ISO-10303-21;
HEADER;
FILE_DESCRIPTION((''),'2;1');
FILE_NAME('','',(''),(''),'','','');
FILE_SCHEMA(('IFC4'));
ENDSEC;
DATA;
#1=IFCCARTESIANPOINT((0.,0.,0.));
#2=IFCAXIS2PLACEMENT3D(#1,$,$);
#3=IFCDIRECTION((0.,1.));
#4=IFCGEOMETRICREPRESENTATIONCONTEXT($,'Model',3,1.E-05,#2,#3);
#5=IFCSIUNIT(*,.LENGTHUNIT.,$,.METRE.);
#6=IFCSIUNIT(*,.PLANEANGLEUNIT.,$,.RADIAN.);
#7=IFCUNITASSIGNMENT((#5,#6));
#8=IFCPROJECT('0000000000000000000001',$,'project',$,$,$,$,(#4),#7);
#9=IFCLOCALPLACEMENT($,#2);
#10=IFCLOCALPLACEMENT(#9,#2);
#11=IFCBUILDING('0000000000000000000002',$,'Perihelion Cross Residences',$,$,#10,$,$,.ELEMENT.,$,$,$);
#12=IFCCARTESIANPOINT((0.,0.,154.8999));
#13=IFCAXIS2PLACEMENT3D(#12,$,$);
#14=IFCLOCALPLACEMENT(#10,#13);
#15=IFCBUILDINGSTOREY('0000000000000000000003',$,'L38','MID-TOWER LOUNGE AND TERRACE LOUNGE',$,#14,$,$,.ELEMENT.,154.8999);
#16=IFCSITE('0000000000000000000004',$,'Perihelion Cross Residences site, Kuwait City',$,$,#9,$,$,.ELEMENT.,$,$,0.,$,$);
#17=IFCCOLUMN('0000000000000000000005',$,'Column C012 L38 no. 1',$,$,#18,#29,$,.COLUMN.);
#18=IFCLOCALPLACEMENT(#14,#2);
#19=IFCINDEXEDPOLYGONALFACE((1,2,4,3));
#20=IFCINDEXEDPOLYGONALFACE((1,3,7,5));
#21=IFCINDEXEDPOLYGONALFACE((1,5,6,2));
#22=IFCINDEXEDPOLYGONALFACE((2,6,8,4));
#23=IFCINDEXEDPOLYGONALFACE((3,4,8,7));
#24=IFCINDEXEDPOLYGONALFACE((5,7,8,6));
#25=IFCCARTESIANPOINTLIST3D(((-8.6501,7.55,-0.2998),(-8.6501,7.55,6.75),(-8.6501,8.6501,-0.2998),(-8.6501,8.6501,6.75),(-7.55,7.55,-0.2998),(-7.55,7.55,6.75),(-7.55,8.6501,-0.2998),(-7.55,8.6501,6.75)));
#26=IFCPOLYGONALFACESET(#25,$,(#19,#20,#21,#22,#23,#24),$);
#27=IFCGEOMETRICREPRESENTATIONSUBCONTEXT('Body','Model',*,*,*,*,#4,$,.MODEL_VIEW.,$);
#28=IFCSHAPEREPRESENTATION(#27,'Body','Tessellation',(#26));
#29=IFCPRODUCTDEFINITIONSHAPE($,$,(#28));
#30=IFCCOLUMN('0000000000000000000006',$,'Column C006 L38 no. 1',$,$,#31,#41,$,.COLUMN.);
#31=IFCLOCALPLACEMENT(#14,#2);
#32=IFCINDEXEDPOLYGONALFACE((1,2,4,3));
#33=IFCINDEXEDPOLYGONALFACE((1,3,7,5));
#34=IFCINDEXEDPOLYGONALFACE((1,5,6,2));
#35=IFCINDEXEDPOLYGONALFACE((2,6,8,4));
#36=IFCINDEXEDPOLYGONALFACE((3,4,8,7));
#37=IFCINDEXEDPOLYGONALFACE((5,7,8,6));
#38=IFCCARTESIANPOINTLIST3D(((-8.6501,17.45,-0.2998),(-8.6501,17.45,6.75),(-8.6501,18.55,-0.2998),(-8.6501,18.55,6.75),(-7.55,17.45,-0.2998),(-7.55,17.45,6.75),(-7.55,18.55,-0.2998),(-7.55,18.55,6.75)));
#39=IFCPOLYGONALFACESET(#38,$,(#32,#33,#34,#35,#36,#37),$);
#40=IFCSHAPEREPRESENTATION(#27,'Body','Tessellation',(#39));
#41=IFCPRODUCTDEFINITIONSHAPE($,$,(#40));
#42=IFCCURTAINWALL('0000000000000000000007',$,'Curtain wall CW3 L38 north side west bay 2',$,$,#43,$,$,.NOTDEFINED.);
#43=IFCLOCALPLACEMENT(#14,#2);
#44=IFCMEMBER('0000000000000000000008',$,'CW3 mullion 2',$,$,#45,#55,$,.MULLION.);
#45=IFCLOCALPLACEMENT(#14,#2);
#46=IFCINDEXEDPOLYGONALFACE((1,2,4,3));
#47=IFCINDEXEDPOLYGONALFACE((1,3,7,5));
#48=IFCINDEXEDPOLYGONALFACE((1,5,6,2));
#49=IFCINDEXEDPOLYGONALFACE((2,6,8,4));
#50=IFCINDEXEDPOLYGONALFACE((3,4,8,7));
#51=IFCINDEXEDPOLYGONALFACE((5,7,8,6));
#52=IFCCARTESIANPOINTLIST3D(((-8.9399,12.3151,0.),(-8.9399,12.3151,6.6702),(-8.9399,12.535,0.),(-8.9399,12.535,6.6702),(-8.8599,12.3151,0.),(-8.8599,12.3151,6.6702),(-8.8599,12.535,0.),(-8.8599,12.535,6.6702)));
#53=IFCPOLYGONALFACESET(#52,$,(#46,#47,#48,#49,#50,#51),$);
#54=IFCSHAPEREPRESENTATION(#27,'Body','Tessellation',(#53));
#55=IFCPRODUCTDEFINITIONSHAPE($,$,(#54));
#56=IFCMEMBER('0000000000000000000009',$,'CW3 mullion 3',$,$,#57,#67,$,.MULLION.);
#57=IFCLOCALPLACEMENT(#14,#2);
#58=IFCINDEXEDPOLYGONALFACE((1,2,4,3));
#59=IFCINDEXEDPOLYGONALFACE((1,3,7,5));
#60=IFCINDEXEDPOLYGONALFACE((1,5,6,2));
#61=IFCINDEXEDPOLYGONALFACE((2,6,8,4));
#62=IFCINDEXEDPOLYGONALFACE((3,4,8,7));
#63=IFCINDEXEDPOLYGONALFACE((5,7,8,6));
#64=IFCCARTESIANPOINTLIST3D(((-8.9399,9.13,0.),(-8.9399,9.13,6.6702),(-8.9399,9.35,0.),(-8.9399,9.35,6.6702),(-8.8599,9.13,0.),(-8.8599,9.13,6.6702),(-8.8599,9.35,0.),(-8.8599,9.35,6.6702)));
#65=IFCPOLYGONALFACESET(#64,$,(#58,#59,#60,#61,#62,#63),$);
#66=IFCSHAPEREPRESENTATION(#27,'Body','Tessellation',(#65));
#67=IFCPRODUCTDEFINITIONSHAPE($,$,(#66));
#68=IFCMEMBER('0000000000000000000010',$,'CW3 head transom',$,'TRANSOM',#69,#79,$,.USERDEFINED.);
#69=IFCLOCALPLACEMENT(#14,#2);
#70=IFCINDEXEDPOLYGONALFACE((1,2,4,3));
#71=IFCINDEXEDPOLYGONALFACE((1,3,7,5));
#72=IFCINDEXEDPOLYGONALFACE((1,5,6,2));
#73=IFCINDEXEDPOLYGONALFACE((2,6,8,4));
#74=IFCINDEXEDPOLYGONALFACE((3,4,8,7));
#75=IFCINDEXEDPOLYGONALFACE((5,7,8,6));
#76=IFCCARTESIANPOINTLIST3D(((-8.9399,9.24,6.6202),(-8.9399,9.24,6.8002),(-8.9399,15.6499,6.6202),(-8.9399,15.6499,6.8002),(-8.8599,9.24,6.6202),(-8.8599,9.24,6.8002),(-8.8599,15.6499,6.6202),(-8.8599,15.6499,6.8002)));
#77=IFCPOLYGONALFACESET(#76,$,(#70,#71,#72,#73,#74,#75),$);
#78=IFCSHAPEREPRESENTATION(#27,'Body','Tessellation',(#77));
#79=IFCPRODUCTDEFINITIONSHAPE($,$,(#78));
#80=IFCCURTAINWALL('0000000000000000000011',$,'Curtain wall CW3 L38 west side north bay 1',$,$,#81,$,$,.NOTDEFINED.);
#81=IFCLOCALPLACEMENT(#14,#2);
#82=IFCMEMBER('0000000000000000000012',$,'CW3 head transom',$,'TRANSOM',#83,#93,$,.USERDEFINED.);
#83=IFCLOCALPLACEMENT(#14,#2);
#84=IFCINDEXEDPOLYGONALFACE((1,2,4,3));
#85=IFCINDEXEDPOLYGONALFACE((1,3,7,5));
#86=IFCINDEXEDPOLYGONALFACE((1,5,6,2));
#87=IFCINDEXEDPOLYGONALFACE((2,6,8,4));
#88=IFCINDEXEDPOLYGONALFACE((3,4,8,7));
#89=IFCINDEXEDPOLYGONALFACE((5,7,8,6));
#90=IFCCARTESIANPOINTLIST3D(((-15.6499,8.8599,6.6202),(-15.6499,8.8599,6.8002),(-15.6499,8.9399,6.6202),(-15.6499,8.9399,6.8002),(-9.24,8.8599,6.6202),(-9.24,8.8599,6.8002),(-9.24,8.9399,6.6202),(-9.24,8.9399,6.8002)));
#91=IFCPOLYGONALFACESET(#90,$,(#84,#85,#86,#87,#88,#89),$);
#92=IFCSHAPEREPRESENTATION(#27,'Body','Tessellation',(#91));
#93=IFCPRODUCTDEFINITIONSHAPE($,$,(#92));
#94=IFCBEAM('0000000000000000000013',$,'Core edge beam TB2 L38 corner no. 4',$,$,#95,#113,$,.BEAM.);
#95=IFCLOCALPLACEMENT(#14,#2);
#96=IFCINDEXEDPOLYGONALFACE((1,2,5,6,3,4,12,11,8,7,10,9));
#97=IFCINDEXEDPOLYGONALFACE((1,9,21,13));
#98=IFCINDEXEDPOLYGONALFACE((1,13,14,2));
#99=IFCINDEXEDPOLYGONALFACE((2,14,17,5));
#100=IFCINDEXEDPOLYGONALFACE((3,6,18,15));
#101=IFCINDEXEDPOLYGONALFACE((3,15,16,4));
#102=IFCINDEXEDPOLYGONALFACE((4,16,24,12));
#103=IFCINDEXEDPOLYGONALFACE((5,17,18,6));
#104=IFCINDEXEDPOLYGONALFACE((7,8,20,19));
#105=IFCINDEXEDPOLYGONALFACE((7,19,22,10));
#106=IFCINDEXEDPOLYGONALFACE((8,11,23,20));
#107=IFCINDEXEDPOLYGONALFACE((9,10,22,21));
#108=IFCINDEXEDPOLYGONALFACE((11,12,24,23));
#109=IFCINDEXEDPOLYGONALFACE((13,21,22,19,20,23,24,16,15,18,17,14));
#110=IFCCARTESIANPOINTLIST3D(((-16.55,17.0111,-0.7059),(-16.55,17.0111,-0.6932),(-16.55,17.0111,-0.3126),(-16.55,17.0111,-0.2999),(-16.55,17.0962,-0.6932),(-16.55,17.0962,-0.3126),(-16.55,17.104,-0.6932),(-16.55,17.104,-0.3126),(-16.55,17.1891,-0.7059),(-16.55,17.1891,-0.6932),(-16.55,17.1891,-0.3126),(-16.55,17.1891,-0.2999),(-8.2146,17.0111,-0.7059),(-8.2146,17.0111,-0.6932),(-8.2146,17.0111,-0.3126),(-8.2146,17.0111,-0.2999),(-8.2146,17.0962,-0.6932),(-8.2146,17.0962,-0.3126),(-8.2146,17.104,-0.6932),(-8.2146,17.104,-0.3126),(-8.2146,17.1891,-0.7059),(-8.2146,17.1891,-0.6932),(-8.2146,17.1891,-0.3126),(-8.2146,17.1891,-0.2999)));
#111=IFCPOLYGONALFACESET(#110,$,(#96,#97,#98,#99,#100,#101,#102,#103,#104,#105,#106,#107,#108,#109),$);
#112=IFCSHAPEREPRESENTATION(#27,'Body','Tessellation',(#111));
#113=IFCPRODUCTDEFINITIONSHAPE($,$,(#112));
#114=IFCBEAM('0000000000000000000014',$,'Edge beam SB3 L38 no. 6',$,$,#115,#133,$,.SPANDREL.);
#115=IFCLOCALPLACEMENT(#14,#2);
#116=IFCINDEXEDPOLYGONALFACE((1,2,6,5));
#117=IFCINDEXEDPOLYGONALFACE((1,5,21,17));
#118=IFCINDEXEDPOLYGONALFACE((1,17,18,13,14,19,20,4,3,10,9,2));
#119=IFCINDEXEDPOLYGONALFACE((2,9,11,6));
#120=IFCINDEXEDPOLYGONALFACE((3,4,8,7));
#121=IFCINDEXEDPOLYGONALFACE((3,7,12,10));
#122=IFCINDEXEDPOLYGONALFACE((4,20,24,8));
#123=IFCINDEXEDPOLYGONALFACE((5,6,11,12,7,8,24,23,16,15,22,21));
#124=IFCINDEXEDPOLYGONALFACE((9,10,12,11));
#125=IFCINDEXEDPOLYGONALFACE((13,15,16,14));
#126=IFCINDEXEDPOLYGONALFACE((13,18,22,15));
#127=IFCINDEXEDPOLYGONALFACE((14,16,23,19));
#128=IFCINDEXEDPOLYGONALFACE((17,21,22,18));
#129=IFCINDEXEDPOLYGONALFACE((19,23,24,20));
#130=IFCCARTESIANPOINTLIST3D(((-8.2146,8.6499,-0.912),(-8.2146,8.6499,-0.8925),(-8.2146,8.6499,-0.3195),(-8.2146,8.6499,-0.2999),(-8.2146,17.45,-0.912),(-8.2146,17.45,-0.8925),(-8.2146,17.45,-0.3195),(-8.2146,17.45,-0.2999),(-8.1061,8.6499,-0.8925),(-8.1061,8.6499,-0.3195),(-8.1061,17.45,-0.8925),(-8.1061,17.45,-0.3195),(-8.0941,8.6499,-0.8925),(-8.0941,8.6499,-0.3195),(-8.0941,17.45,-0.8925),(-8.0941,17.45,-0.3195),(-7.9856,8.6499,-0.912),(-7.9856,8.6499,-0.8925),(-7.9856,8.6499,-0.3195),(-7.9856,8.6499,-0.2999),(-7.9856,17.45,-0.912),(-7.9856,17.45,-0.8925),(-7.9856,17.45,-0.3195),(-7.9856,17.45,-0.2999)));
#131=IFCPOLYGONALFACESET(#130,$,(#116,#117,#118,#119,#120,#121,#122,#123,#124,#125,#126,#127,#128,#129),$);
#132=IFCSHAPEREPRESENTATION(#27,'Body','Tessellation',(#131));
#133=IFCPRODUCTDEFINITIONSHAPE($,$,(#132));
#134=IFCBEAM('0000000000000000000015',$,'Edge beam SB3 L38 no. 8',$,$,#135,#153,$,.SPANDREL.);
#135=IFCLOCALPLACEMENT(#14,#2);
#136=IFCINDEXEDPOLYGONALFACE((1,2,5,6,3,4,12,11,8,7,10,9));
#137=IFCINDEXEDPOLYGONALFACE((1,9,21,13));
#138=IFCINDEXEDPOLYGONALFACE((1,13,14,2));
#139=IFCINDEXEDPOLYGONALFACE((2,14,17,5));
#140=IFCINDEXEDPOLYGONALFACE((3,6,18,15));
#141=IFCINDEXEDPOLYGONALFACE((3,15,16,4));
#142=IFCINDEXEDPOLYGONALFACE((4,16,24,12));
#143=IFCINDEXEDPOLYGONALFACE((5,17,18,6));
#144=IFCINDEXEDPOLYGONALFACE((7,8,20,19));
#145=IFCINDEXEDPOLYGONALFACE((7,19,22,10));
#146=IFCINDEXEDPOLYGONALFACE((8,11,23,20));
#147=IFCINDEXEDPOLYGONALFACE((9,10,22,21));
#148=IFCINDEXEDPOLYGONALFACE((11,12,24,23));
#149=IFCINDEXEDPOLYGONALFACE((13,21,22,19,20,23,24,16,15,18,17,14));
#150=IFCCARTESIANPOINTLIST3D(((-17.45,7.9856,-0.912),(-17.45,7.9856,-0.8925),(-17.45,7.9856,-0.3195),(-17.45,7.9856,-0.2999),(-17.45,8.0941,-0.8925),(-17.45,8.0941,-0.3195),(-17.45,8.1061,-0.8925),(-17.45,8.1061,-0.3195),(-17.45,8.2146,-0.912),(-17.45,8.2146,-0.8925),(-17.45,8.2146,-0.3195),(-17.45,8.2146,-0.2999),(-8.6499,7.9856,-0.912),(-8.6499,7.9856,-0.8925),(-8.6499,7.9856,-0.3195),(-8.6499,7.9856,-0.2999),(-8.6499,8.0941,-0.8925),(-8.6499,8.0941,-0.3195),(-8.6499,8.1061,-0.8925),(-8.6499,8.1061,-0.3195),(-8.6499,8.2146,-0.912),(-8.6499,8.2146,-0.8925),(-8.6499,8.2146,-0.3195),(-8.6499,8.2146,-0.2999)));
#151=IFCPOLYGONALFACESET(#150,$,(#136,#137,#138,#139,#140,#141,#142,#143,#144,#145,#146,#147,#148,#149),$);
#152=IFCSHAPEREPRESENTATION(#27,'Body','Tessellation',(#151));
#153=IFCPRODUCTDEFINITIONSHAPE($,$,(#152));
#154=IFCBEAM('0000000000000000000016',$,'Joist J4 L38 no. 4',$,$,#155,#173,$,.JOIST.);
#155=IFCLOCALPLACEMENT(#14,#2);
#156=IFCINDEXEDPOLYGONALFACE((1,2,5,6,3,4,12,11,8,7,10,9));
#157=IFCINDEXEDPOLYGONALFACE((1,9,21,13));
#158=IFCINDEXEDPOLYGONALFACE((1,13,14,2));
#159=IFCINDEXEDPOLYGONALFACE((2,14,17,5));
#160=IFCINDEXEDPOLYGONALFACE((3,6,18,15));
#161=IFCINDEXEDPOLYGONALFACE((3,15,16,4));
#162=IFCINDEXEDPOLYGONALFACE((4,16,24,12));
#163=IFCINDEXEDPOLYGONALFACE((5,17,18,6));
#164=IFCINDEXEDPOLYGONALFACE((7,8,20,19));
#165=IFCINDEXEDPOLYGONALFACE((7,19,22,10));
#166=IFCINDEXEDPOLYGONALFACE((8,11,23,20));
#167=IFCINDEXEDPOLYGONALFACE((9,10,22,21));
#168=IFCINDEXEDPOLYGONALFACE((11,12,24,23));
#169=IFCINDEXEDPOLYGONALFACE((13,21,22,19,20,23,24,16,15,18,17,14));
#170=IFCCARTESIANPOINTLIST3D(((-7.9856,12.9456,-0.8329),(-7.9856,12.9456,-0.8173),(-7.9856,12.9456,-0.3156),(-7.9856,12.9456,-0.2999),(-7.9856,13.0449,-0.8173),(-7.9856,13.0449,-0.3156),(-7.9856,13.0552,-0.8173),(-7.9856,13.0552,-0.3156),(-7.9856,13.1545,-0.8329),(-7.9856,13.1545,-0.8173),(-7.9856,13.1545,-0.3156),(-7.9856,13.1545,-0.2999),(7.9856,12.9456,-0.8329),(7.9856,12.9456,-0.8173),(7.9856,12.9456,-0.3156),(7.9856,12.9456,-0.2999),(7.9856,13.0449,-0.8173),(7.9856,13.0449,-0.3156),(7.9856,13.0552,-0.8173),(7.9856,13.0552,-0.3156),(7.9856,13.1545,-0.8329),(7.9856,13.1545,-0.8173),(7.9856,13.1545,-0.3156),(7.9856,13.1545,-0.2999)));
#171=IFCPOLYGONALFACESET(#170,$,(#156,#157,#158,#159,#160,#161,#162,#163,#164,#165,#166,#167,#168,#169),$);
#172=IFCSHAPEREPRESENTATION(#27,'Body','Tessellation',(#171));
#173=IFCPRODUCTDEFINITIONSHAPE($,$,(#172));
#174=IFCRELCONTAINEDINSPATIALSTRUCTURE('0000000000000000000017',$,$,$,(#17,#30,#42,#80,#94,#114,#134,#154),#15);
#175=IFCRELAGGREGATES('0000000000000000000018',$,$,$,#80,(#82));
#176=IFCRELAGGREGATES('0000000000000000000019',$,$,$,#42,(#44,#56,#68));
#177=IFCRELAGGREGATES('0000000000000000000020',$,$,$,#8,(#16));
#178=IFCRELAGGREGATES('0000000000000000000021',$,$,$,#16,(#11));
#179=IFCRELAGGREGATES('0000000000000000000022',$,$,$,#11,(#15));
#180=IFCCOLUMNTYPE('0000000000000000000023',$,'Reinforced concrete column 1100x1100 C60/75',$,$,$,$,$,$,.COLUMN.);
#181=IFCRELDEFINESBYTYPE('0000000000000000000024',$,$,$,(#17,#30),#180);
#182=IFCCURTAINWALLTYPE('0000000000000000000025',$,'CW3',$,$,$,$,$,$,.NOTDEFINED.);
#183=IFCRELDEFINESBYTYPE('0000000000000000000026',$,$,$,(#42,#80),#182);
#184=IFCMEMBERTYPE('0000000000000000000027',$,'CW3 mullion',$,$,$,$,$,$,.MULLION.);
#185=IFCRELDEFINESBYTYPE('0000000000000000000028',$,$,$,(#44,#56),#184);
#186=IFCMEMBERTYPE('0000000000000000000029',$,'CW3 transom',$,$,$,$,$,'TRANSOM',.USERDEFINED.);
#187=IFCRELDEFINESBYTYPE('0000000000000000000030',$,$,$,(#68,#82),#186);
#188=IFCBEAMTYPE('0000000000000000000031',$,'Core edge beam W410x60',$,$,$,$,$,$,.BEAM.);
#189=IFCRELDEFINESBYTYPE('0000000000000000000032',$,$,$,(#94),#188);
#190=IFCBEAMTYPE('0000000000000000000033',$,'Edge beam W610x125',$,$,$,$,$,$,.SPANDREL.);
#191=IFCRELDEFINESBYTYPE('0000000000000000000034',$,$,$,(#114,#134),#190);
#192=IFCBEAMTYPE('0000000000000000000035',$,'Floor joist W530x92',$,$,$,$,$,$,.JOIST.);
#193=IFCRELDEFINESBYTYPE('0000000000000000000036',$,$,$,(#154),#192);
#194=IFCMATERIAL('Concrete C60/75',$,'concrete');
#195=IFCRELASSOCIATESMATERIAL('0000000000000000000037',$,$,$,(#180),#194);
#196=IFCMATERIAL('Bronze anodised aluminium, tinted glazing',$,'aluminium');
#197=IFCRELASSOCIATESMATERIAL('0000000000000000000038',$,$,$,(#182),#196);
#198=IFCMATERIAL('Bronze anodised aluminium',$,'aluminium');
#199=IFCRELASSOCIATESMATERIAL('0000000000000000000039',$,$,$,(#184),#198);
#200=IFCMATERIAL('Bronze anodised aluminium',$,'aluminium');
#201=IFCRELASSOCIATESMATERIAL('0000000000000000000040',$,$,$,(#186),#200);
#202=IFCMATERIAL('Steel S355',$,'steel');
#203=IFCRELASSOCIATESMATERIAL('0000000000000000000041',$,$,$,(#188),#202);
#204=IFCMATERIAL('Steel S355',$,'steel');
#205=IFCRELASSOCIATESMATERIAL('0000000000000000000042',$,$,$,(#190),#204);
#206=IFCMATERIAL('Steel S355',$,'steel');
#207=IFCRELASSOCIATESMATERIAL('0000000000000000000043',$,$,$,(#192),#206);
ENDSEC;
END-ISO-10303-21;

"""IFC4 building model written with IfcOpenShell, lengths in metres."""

from ifc_helpers import new_model, si_unit, direction, frame, origin, origin_2d, place, context, subcontext, project, spatial, rectangle, i_section, extrude, material, material_profile, profile_set, type_object, element, aggregate, save


model = new_model("IFC4")

# Units and contexts
model_context = context("Model", 3, precision=1e-05, world=origin(), true_north=direction((0.0, 1.0)))
body_context = subcontext(model_context, "Body", "Model", "MODEL_VIEW")
ifc_project = project(units=[si_unit("LENGTHUNIT", "METRE"), si_unit("PLANEANGLEUNIT", "RADIAN")], contexts=[model_context])

# Site, building, storey
site_placement = place(None, origin())
site = spatial("IfcSite", under=ifc_project, at=site_placement, Name="Perihelion Cross Residences site, Kuwait City", CompositionType="ELEMENT", RefElevation=0.0)
building_placement = place(site_placement, origin())
building = spatial("IfcBuilding", under=site, at=building_placement, Name="Perihelion Cross Residences", CompositionType="ELEMENT")
storey_placement = place(building_placement, frame((0.0, 0.0, 154.8999)))
storey = spatial("IfcBuildingStorey", under=building, at=storey_placement, Name="L38", Description="MID-TOWER LOUNGE AND TERRACE LOUNGE", CompositionType="ELEMENT", Elevation=154.8999)

# Columns
ifc_material_1 = material(Name="Concrete C60/75", Category="concrete")
ifc_material_profile_1 = material_profile(ifc_material_1, rectangle(XDim=1.1001, YDim=1.1001, at=origin_2d()), Name="RC 1100x1100")
ifc_profile_set_1 = profile_set([ifc_material_profile_1], Name="Concrete C60/75")
column_type = type_object("IfcColumnType", Name="Reinforced concrete column 1100x1100 C60/75", PredefinedType="COLUMN", material=ifc_profile_set_1)
for number, where, z_axis, x_axis, name in (
    (1, (-8.1001, 8.1001, -0.2998), (0.0, 0.0, 1.0), (1.0, 0.0, 0.0), "Column C012 L38 no. 1"),
    (2, (-8.1001, 18.0, -0.2998), (0.0, 0.0, 1.0), (1.0, 0.0, 0.0), "Column C006 L38 no. 1"),
):
    element("IfcColumn", number, at=place(storey_placement, frame(where, z_axis=z_axis, x_axis=x_axis)), inside=storey, type_object=column_type, Name=name, PredefinedType="COLUMN", context=body_context, shape_type="SweptSolid", body=[
        extrude(rectangle(XDim=1.1001, YDim=1.1001, at=origin_2d()), origin(), (0.0, 0.0, 1.0), 7.0498),
    ])

# Curtain wall, members
ifc_material_2 = material(Name="Bronze anodised aluminium, tinted glazing", Category="aluminium")
curtain_wall_type = type_object("IfcCurtainWallType", Name="CW3", PredefinedType="NOTDEFINED", material=ifc_material_2)
curtain_wall_1_placement = place(storey_placement, origin())
curtain_wall_1 = element("IfcCurtainWall", 3, at=curtain_wall_1_placement, inside=storey, type_object=curtain_wall_type, Name="Curtain wall CW3 L38 north side west bay 2", PredefinedType="NOTDEFINED")
ifc_material_3 = material(Name="Bronze anodised aluminium", Category="aluminium")
ifc_material_profile_2 = material_profile(ifc_material_3, rectangle(XDim=0.0801, YDim=0.22, at=origin_2d()), Name="CW3 mullion")
ifc_profile_set_2 = profile_set([ifc_material_profile_2], Name="Bronze anodised aluminium")
member_type_1 = type_object("IfcMemberType", Name="CW3 mullion", PredefinedType="MULLION", material=ifc_profile_set_2)
member_1_placement = place(storey_placement, frame((-8.8999, 12.425, 0.0), z_axis=(0.0, 0.0, 1.0), x_axis=(1.0, 0.0, 0.0)))
member_1 = element("IfcMember", 4, at=member_1_placement, type_object=member_type_1, Name="CW3 mullion 2", PredefinedType="MULLION", context=body_context, shape_type="SweptSolid", body=[
    extrude(rectangle(XDim=0.0801, YDim=0.22, at=origin_2d()), origin(), (0.0, 0.0, 1.0), 6.6702),
])
member_2_placement = place(storey_placement, frame((-8.8999, 9.24, 0.0), z_axis=(0.0, 0.0, 1.0), x_axis=(1.0, 0.0, 0.0)))
member_2 = element("IfcMember", 5, at=member_2_placement, type_object=member_type_1, Name="CW3 mullion 3", PredefinedType="MULLION", context=body_context, shape_type="SweptSolid", body=[
    extrude(rectangle(XDim=0.0801, YDim=0.22, at=origin_2d()), origin(), (0.0, 0.0, 1.0), 6.6702),
])
ifc_material_4 = material(Name="Bronze anodised aluminium", Category="aluminium")
ifc_material_profile_3 = material_profile(ifc_material_4, rectangle(XDim=0.0801, YDim=0.1799, at=origin_2d()), Name="CW3 transom")
ifc_profile_set_3 = profile_set([ifc_material_profile_3], Name="Bronze anodised aluminium")
member_type_2 = type_object("IfcMemberType", Name="CW3 transom", ElementType="TRANSOM", PredefinedType="USERDEFINED", material=ifc_profile_set_3)
member_3_placement = place(storey_placement, frame((-8.8999, 15.6499, 6.7102), z_axis=(0.0, -1.0, 0.0), x_axis=(1.0, 0.0, 0.0)))
member_3 = element("IfcMember", 6, at=member_3_placement, type_object=member_type_2, Name="CW3 head transom", ObjectType="TRANSOM", PredefinedType="USERDEFINED", context=body_context, shape_type="SweptSolid", body=[
    extrude(rectangle(XDim=0.0801, YDim=0.1799, at=origin_2d()), origin(), (0.0, 0.0, 1.0), 6.4099),
])

# Curtain wall, member
curtain_wall_2_placement = place(storey_placement, origin())
curtain_wall_2 = element("IfcCurtainWall", 7, at=curtain_wall_2_placement, inside=storey, type_object=curtain_wall_type, Name="Curtain wall CW3 L38 west side north bay 1", PredefinedType="NOTDEFINED")
member_4_placement = place(storey_placement, frame((-9.24, 8.8999, 6.7102), z_axis=(-1.0, 0.0, 0.0), x_axis=(0.0, -1.0, 0.0)))
member_4 = element("IfcMember", 8, at=member_4_placement, type_object=member_type_2, Name="CW3 head transom", ObjectType="TRANSOM", PredefinedType="USERDEFINED", context=body_context, shape_type="SweptSolid", body=[
    extrude(rectangle(XDim=0.0801, YDim=0.1799, at=origin_2d()), origin(), (0.0, 0.0, 1.0), 6.4099),
])
aggregate(curtain_wall_2, [member_4])

# Beams
ifc_material_5 = material(Name="Steel S355", Category="steel")
ifc_material_profile_4 = material_profile(ifc_material_5, i_section(OverallWidth=0.178, OverallDepth=0.406, WebThickness=0.0078, FlangeThickness=0.0127, at=origin_2d()), Name="W410x60")
ifc_profile_set_4 = profile_set([ifc_material_profile_4], Name="Steel S355")
beam_type_1 = type_object("IfcBeamType", Name="Core edge beam W410x60", PredefinedType="BEAM", material=ifc_profile_set_4)
beam_1_placement = place(storey_placement, frame((-8.2146, 17.1001, -0.5029), z_axis=(-1.0, 0.0, 0.0), x_axis=(0.0, -1.0, 0.0)))
element("IfcBeam", 9, at=beam_1_placement, inside=storey, type_object=beam_type_1, Name="Core edge beam TB2 L38 corner no. 4", PredefinedType="BEAM", context=body_context, shape_type="SweptSolid", body=[
    extrude(i_section(OverallWidth=0.178, OverallDepth=0.406, WebThickness=0.0078, FlangeThickness=0.0127, at=origin_2d()), origin(), (0.0, 0.0, 1.0), 8.3354),
])
ifc_material_6 = material(Name="Steel S355", Category="steel")
ifc_material_profile_5 = material_profile(ifc_material_6, i_section(OverallWidth=0.229, OverallDepth=0.6121, WebThickness=0.012, FlangeThickness=0.0195, at=origin_2d()), Name="W610x125")
ifc_profile_set_5 = profile_set([ifc_material_profile_5], Name="Steel S355")
beam_type_2 = type_object("IfcBeamType", Name="Edge beam W610x125", PredefinedType="SPANDREL", material=ifc_profile_set_5)
for number, where, z_axis, x_axis, name in (
    (10, (-8.1001, 17.45, -0.606), (0.0, -1.0, 0.0), (1.0, 0.0, 0.0), "Edge beam SB3 L38 no. 6"),
    (11, (-8.6499, 8.1001, -0.606), (-1.0, 0.0, 0.0), (0.0, -1.0, 0.0), "Edge beam SB3 L38 no. 8"),
):
    element("IfcBeam", number, at=place(storey_placement, frame(where, z_axis=z_axis, x_axis=x_axis)), inside=storey, type_object=beam_type_2, Name=name, PredefinedType="SPANDREL", context=body_context, shape_type="SweptSolid", body=[
        extrude(i_section(OverallWidth=0.229, OverallDepth=0.6121, WebThickness=0.012, FlangeThickness=0.0195, at=origin_2d()), origin(), (0.0, 0.0, 1.0), 8.8),
    ])
ifc_material_7 = material(Name="Steel S355", Category="steel")
ifc_material_profile_6 = material_profile(ifc_material_7, i_section(OverallWidth=0.209, OverallDepth=0.533, WebThickness=0.0103, FlangeThickness=0.0156, at=origin_2d()), Name="W530x92")
ifc_profile_set_6 = profile_set([ifc_material_profile_6], Name="Steel S355")
beam_type_3 = type_object("IfcBeamType", Name="Floor joist W530x92", PredefinedType="JOIST", material=ifc_profile_set_6)
beam_2_placement = place(storey_placement, frame((-7.9856, 13.05, -0.5664), z_axis=(1.0, 0.0, 0.0), x_axis=(0.0, 1.0, 0.0)))
element("IfcBeam", 12, at=beam_2_placement, inside=storey, type_object=beam_type_3, Name="Joist J4 L38 no. 4", PredefinedType="JOIST", context=body_context, shape_type="SweptSolid", body=[
    extrude(i_section(OverallWidth=0.209, OverallDepth=0.533, WebThickness=0.0103, FlangeThickness=0.0156, at=origin_2d()), origin(), (0.0, 0.0, 1.0), 15.9712),
])

aggregate(curtain_wall_1, [member_1, member_2, member_3])

save(model, "model.ifc")
